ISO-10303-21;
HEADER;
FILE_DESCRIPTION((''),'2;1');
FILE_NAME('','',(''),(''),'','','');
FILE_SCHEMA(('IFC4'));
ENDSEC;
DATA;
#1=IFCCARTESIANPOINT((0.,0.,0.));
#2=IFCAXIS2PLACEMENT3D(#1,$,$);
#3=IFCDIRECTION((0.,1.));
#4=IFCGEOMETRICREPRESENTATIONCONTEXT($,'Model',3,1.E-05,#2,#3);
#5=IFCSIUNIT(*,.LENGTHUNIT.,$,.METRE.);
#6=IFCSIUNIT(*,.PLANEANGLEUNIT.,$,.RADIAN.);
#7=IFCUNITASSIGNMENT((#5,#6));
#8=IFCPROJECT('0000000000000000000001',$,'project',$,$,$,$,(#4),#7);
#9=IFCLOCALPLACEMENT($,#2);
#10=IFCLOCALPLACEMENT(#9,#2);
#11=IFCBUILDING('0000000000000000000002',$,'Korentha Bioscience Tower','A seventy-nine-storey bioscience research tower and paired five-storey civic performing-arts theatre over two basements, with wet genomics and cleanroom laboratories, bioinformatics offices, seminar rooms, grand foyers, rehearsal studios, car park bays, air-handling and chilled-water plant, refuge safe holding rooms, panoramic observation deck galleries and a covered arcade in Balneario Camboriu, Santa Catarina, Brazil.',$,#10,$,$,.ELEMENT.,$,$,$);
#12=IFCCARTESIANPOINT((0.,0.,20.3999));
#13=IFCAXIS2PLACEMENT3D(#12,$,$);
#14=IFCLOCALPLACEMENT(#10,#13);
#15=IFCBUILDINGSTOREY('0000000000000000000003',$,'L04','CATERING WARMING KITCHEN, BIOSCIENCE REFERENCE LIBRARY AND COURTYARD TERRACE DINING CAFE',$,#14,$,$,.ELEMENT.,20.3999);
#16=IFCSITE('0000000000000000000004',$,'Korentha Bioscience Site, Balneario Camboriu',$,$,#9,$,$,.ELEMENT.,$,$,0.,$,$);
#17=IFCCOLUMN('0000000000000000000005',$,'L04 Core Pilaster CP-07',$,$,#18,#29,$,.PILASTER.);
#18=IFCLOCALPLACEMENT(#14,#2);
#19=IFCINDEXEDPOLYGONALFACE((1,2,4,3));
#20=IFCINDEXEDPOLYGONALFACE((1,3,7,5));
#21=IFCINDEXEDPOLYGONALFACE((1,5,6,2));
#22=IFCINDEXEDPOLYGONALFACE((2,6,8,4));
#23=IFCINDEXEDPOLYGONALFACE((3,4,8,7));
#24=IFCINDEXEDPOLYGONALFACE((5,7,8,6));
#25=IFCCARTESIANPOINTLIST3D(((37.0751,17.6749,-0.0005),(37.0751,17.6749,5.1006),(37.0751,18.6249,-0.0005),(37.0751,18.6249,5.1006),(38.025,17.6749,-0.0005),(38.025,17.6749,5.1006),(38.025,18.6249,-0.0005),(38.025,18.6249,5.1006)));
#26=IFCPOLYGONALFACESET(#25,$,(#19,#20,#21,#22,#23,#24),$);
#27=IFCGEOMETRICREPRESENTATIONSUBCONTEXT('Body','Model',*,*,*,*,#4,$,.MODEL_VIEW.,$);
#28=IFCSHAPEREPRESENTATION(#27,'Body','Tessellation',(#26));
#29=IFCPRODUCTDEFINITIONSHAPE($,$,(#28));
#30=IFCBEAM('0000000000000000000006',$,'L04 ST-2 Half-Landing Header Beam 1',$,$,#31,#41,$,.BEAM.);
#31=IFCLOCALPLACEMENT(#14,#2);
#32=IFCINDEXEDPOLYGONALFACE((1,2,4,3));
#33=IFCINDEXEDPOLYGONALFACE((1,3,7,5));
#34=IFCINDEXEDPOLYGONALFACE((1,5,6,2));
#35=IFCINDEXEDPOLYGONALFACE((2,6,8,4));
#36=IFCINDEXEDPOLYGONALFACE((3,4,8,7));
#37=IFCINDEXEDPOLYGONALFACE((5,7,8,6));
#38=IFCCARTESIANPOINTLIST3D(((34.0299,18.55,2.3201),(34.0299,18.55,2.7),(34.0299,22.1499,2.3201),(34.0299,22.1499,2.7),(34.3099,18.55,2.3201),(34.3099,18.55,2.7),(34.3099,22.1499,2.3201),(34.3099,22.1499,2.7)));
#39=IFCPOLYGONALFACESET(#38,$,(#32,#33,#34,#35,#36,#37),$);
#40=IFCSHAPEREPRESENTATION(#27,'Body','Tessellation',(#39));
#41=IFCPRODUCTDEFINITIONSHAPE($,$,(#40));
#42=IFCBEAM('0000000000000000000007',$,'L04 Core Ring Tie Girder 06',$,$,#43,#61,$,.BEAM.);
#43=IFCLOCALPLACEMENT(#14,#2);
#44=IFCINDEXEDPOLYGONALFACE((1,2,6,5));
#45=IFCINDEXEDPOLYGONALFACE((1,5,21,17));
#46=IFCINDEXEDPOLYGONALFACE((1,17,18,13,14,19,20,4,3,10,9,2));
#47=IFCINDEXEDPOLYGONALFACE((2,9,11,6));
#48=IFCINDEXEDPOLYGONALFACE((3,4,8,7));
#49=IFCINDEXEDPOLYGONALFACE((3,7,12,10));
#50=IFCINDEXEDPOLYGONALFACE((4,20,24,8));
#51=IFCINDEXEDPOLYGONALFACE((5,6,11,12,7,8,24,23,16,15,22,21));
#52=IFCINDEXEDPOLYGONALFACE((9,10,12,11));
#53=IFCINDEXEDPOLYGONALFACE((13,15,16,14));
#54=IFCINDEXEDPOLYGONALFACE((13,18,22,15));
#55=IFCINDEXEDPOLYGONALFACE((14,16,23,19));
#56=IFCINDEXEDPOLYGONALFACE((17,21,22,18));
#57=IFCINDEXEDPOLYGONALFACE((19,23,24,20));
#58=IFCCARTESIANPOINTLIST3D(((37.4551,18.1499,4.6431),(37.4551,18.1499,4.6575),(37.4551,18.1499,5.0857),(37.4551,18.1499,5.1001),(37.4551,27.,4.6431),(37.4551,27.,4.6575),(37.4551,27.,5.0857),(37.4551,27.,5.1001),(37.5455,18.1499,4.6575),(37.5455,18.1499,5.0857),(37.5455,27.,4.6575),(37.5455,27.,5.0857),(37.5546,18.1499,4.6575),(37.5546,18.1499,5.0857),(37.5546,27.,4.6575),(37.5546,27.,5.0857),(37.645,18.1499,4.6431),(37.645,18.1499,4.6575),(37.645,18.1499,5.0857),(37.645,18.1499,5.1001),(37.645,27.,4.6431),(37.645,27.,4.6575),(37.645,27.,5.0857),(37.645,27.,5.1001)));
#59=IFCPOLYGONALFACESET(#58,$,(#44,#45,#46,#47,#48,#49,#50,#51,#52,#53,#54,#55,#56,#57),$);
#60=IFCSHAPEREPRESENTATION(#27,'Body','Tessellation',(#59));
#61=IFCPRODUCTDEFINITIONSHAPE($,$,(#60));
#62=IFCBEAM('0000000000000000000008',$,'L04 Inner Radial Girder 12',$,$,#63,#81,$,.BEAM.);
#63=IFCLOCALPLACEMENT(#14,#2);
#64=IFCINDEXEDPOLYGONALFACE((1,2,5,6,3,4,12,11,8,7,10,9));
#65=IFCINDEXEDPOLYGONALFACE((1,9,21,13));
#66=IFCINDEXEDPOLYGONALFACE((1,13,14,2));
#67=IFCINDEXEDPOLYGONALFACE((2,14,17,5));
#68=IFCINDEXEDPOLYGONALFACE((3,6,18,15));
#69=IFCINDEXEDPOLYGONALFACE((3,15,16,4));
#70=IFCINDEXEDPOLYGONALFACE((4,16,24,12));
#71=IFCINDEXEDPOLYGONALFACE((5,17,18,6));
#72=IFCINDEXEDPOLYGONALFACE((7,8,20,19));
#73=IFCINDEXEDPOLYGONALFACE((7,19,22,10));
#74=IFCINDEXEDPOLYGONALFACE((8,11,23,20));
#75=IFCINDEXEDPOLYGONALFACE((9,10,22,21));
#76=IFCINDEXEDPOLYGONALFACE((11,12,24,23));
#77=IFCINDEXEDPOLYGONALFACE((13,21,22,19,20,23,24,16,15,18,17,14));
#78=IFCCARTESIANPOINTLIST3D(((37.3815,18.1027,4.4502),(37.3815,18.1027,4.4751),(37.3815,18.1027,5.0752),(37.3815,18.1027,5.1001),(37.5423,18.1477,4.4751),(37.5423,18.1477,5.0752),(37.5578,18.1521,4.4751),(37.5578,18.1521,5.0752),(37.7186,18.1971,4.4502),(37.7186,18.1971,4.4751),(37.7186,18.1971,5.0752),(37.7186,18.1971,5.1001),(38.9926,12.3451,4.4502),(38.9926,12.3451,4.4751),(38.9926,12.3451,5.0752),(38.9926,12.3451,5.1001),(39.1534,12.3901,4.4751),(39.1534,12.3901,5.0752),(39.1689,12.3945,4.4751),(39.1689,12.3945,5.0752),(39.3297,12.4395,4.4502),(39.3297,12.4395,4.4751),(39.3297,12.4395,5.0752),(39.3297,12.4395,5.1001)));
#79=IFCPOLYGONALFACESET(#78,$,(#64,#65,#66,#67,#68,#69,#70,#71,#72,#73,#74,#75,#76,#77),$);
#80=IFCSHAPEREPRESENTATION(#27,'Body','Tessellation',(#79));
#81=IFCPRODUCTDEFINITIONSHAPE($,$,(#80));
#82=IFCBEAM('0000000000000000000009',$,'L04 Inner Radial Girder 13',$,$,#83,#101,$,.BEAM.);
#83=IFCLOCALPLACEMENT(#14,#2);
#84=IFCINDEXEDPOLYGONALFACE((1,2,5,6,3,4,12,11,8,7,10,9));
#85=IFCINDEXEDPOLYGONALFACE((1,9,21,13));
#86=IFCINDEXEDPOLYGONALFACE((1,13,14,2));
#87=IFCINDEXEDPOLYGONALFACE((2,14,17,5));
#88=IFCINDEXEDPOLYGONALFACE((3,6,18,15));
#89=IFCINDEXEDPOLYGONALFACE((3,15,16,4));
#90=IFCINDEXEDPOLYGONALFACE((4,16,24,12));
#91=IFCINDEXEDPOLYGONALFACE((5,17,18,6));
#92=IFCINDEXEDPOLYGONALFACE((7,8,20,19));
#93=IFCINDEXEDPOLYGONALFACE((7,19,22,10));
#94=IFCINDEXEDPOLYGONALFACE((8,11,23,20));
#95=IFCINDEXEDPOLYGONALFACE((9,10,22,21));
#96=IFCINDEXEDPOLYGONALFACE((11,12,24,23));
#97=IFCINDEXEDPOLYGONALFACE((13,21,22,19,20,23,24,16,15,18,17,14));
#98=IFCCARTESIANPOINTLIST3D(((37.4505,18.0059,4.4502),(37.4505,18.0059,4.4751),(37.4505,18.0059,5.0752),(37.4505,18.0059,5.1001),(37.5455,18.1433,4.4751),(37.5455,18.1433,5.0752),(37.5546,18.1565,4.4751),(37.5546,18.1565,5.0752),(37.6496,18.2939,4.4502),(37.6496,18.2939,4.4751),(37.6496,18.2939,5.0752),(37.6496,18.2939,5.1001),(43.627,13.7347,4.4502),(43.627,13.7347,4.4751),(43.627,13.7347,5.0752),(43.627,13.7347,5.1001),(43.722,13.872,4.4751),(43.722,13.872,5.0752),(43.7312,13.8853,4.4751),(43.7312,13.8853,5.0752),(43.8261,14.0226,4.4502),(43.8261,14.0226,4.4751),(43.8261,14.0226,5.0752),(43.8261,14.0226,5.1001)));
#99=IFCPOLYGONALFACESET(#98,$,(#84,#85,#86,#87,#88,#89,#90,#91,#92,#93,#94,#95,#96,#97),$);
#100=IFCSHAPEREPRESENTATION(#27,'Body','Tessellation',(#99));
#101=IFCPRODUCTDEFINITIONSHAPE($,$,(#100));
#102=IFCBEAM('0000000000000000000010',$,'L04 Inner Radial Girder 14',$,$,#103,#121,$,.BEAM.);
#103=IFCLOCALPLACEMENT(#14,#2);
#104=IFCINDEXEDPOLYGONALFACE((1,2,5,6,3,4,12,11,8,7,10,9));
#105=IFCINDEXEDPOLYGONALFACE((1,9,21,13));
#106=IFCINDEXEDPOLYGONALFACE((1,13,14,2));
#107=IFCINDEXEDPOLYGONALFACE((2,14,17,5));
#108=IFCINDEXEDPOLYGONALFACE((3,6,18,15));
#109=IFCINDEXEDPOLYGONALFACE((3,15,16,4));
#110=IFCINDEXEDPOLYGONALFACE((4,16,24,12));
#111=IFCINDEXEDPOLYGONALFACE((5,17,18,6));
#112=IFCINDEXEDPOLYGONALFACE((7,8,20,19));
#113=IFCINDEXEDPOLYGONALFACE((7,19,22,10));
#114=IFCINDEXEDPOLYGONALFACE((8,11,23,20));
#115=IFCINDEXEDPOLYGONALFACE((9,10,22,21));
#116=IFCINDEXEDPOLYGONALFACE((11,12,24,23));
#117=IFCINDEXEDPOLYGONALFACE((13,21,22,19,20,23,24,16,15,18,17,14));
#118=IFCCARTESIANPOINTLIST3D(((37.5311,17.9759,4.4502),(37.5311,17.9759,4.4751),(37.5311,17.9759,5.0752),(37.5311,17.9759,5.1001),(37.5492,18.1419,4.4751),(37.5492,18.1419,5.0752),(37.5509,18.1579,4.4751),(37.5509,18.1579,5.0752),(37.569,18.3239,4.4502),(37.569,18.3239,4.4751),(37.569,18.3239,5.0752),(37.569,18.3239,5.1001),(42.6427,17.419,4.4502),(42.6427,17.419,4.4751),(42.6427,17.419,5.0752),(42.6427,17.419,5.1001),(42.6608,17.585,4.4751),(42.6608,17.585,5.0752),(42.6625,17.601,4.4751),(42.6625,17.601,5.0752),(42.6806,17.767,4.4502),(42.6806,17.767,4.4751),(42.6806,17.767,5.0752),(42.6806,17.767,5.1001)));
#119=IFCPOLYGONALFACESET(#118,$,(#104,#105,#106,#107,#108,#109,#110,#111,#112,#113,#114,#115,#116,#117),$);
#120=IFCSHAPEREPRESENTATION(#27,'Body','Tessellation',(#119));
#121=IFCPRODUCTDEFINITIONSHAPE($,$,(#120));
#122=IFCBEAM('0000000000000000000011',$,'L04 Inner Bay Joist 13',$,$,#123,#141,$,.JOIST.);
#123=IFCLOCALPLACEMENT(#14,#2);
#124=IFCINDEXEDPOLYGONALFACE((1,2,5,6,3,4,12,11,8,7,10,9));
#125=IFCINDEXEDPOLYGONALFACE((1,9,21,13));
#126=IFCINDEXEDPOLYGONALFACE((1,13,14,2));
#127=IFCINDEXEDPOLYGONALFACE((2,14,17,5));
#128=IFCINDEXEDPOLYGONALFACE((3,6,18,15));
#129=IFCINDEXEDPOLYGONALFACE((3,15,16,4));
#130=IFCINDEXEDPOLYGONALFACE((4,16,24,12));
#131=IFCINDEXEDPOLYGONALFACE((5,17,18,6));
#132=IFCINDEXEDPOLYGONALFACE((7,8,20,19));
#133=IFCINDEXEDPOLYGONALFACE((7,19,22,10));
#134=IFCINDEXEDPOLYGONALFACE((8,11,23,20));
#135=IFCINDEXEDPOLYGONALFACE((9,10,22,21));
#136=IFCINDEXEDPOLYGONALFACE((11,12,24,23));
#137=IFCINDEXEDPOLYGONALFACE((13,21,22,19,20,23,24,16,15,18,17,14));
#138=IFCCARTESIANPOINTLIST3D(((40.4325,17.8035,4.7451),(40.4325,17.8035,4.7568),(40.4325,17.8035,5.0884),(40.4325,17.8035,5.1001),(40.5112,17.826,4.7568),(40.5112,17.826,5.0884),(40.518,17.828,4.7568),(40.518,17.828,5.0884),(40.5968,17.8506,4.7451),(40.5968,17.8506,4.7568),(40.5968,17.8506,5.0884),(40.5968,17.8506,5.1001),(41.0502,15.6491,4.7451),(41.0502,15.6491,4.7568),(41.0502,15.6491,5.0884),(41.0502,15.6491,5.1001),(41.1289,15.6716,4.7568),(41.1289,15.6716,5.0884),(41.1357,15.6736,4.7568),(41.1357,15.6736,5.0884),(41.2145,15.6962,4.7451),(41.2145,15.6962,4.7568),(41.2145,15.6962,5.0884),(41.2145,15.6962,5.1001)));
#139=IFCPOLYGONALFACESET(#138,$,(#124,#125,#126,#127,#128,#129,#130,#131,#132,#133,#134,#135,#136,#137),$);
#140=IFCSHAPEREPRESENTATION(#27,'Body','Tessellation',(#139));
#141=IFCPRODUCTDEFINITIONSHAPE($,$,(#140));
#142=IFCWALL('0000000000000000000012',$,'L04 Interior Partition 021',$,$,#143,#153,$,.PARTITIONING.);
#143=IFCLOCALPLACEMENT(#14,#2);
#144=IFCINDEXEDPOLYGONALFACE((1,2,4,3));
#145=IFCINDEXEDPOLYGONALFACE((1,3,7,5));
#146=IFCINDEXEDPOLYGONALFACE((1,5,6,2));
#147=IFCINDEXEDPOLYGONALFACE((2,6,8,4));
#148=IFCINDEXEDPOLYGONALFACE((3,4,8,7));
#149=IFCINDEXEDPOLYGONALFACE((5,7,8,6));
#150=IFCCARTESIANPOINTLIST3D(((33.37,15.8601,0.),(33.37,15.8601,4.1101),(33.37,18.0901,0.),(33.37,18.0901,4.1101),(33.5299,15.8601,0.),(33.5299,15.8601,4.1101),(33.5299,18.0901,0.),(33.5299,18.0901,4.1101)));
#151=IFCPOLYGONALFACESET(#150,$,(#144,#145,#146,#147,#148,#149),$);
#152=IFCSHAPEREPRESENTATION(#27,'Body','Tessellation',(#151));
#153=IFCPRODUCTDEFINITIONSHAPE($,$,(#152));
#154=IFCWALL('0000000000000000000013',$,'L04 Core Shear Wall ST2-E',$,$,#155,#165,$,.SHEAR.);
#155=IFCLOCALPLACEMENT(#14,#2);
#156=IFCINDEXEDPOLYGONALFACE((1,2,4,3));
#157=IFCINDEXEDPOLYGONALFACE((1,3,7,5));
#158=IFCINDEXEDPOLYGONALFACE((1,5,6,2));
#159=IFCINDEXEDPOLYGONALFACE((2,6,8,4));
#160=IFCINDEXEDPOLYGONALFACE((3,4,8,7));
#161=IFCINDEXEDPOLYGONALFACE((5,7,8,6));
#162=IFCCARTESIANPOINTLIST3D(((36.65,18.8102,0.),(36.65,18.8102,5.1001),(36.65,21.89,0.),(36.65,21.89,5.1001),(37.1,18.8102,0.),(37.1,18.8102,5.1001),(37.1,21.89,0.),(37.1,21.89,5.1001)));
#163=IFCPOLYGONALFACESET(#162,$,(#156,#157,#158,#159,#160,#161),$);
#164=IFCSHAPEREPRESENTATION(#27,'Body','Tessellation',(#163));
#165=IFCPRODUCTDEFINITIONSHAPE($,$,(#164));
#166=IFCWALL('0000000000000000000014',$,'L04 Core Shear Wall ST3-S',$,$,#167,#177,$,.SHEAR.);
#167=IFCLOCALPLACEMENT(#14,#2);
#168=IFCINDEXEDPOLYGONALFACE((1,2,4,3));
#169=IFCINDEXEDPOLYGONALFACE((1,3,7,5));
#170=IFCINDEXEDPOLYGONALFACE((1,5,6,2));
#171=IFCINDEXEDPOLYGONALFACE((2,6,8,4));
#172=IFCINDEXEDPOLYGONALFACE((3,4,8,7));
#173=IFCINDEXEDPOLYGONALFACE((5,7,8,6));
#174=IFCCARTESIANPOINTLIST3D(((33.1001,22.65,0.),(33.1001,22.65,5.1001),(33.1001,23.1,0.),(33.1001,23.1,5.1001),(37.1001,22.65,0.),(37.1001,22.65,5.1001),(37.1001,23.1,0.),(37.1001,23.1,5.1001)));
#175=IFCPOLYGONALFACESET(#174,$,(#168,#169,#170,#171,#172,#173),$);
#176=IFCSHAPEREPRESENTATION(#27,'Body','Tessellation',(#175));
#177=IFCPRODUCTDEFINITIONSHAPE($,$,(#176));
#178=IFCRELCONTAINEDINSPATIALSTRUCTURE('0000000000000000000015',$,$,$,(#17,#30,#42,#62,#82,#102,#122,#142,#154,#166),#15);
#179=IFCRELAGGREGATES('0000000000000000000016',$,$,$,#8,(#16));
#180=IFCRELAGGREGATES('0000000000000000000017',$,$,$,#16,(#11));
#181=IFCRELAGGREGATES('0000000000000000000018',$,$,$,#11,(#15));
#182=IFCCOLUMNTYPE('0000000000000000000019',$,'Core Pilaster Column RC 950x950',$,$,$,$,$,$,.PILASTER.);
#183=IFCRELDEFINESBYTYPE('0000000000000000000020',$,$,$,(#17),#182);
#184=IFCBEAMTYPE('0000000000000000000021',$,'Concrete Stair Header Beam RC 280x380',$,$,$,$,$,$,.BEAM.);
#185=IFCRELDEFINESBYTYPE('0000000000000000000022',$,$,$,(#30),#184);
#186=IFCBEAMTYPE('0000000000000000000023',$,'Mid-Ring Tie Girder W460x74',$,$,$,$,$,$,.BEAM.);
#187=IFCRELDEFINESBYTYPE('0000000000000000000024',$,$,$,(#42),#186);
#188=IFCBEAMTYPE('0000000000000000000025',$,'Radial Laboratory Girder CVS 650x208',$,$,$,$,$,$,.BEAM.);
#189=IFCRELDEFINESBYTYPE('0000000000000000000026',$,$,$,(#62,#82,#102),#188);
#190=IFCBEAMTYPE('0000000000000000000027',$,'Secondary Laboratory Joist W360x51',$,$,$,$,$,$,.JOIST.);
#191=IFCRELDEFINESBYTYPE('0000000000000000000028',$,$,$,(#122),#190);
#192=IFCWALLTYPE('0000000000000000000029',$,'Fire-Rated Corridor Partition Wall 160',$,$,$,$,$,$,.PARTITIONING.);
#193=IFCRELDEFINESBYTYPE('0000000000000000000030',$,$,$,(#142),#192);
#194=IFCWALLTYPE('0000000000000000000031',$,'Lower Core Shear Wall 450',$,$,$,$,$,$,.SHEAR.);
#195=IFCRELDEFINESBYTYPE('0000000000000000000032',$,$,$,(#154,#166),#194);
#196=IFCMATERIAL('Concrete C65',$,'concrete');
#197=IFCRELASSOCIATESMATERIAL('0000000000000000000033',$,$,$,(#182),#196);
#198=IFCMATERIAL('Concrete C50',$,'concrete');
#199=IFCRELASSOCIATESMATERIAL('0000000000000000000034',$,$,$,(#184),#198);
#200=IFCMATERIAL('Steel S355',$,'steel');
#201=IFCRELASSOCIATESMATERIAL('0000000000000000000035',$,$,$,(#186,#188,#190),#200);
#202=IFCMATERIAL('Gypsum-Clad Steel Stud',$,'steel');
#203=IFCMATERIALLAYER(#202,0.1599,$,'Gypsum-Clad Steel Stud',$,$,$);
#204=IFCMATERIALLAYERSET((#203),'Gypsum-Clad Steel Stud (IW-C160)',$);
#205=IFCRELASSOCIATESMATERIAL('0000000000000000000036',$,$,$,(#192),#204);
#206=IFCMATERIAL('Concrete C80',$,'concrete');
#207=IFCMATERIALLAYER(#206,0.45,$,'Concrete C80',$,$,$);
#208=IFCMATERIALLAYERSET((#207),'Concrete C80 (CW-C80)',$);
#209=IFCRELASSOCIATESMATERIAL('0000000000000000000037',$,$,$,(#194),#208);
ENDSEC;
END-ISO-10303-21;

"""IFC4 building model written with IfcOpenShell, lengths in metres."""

from ifc_helpers import new_model, si_unit, direction, frame, frame_2d, origin, origin_2d, place, context, subcontext, project, spatial, rectangle, i_section, extrude, material, layer, layer_set, material_profile, profile_set, type_object, element, save


model = new_model("IFC4")

# Units and contexts
model_context = context("Model", 3, precision=1e-05, world=origin(), true_north=direction((0.0, 1.0)))
body_context = subcontext(model_context, "Body", "Model", "MODEL_VIEW")
ifc_project = project(units=[si_unit("LENGTHUNIT", "METRE"), si_unit("PLANEANGLEUNIT", "RADIAN")], contexts=[model_context])

# Site, building, storey
site_placement = place(None, origin())
site = spatial("IfcSite", under=ifc_project, at=site_placement, Name="Korentha Bioscience Site, Balneario Camboriu", CompositionType="ELEMENT", RefElevation=0.0)
building_placement = place(site_placement, origin())
building = spatial("IfcBuilding", under=site, at=building_placement, Name="Korentha Bioscience Tower", Description="A seventy-nine-storey bioscience research tower and paired five-storey civic performing-arts theatre over two basements, with wet genomics and cleanroom laboratories, bioinformatics offices, seminar rooms, grand foyers, rehearsal studios, car park bays, air-handling and chilled-water plant, refuge safe holding rooms, panoramic observation deck galleries and a covered arcade in Balneario Camboriu, Santa Catarina, Brazil.", CompositionType="ELEMENT")
storey_placement = place(building_placement, frame((0.0, 0.0, 20.3999)))
storey = spatial("IfcBuildingStorey", under=building, at=storey_placement, Name="L04", Description="CATERING WARMING KITCHEN, BIOSCIENCE REFERENCE LIBRARY AND COURTYARD TERRACE DINING CAFE", CompositionType="ELEMENT", Elevation=20.3999)

# Column
ifc_material_1 = material(Name="Concrete C65", Category="concrete")
ifc_material_profile_1 = material_profile(ifc_material_1, rectangle(XDim=0.95, YDim=0.95, at=origin_2d()), Name="Concrete C65")
ifc_profile_set_1 = profile_set([ifc_material_profile_1], Name="Concrete C65 (COL-CP09)")
column_type = type_object("IfcColumnType", Name="Core Pilaster Column RC 950x950", PredefinedType="PILASTER", material=ifc_profile_set_1)
column_placement = place(storey_placement, frame((37.55, 18.1499, -0.0005), z_axis=(0.0, 0.0, 1.0), x_axis=(1.0, 0.0, 0.0)))
element("IfcColumn", 1, at=column_placement, inside=storey, type_object=column_type, Name="L04 Core Pilaster CP-07", PredefinedType="PILASTER", context=body_context, shape_type="SweptSolid", body=[
    extrude(rectangle(XDim=0.95, YDim=0.95, at=origin_2d()), origin(), (0.0, 0.0, 1.0), 5.1011),
])

# Beams
ifc_material_2 = material(Name="Concrete C50", Category="concrete")
ifc_material_profile_2 = material_profile(ifc_material_2, rectangle(XDim=0.28, YDim=0.3799, at=origin_2d()), Name="Concrete C50")
ifc_profile_set_2 = profile_set([ifc_material_profile_2], Name="Concrete C50 (ST-HB380)")
beam_type_1 = type_object("IfcBeamType", Name="Concrete Stair Header Beam RC 280x380", PredefinedType="BEAM", material=ifc_profile_set_2)
beam_1_placement = place(storey_placement, frame((34.1699, 18.55, 2.51), z_axis=(0.0, 1.0, 0.0), x_axis=(-1.0, 0.0, 0.0)))
element("IfcBeam", 2, at=beam_1_placement, inside=storey, type_object=beam_type_1, Name="L04 ST-2 Half-Landing Header Beam 1", PredefinedType="BEAM", context=body_context, shape_type="SweptSolid", body=[
    extrude(rectangle(XDim=0.28, YDim=0.3799, at=origin_2d()), origin(), (0.0, 0.0, 1.0), 3.5999),
])
ifc_material_3 = material(Name="Steel S355", Category="steel")
ifc_material_profile_3 = material_profile(ifc_material_3, i_section(OverallWidth=0.1899, OverallDepth=0.457, WebThickness=0.009, FlangeThickness=0.0144, at=origin_2d()), Name="Steel S355")
ifc_profile_set_3 = profile_set([ifc_material_profile_3], Name="Steel S355 (MB-460)")
beam_type_2 = type_object("IfcBeamType", Name="Mid-Ring Tie Girder W460x74", PredefinedType="BEAM", material=ifc_profile_set_3)
beam_2_placement = place(storey_placement, frame((37.55, 18.1499, 4.8716), z_axis=(0.0, 1.0, 0.0), x_axis=(-1.0, 0.0, 0.0)))
element("IfcBeam", 3, at=beam_2_placement, inside=storey, type_object=beam_type_2, Name="L04 Core Ring Tie Girder 06", PredefinedType="BEAM", context=body_context, shape_type="SweptSolid", body=[
    extrude(i_section(OverallWidth=0.1899, OverallDepth=0.457, WebThickness=0.009, FlangeThickness=0.0144, at=origin_2d()), origin(), (0.0, 0.0, 1.0), 8.8501),
])
ifc_material_profile_4 = material_profile(ifc_material_3, i_section(OverallWidth=0.3501, OverallDepth=0.6499, WebThickness=0.0161, FlangeThickness=0.0249, at=origin_2d()), Name="Steel S355")
ifc_profile_set_4 = profile_set([ifc_material_profile_4], Name="Steel S355 (RB-650)")
beam_type_3 = type_object("IfcBeamType", Name="Radial Laboratory Girder CVS 650x208", PredefinedType="BEAM", material=ifc_profile_set_4)
beam_3_placement = place(storey_placement, frame((37.55, 18.1499, 4.7751), z_axis=(0.269469, -0.963009, 0.0), x_axis=(0.963009, 0.269469, 0.0)))
element("IfcBeam", 4, at=beam_3_placement, inside=storey, type_object=beam_type_3, Name="L04 Inner Radial Girder 12", PredefinedType="BEAM", context=body_context, shape_type="SweptSolid", body=[
    extrude(i_section(OverallWidth=0.3501, OverallDepth=0.6499, WebThickness=0.0161, FlangeThickness=0.0249, at=origin_2d()), origin(), (0.0, 0.0, 1.0), 5.9788),
])
beam_4_placement = place(storey_placement, frame((37.55, 18.1499, 4.7751), z_axis=(0.822492, -0.568777, 0.0), x_axis=(0.568777, 0.822492, 0.0)))
element("IfcBeam", 5, at=beam_4_placement, inside=storey, type_object=beam_type_3, Name="L04 Inner Radial Girder 13", PredefinedType="BEAM", context=body_context, shape_type="SweptSolid", body=[
    extrude(i_section(OverallWidth=0.3501, OverallDepth=0.6499, WebThickness=0.0161, FlangeThickness=0.0249, at=origin_2d()), origin(), (0.0, 0.0, 1.0), 7.5095),
])
beam_5_placement = place(storey_placement, frame((37.55, 18.1499, 4.7751), z_axis=(0.994118, -0.108305, 0.0), x_axis=(0.108305, 0.994118, 0.0)))
element("IfcBeam", 6, at=beam_5_placement, inside=storey, type_object=beam_type_3, Name="L04 Inner Radial Girder 14", PredefinedType="BEAM", context=body_context, shape_type="SweptSolid", body=[
    extrude(i_section(OverallWidth=0.3501, OverallDepth=0.6499, WebThickness=0.0161, FlangeThickness=0.0249, at=origin_2d()), origin(), (0.0, 0.0, 1.0), 5.1418),
])
ifc_material_profile_5 = material_profile(ifc_material_3, i_section(OverallWidth=0.1709, OverallDepth=0.355, WebThickness=0.0071, FlangeThickness=0.0117, at=origin_2d()), Name="Steel S355")
ifc_profile_set_5 = profile_set([ifc_material_profile_5], Name="Steel S355 (JB-360)")
beam_type_4 = type_object("IfcBeamType", Name="Secondary Laboratory Joist W360x51", PredefinedType="JOIST", material=ifc_profile_set_5)
beam_6_placement = place(storey_placement, frame((41.1323, 15.6726, 4.9226), z_axis=(-0.275613, 0.961269, 0.0), x_axis=(-0.961269, -0.275613, 0.0)))
element("IfcBeam", 7, at=beam_6_placement, inside=storey, type_object=beam_type_4, Name="L04 Inner Bay Joist 13", PredefinedType="JOIST", context=body_context, shape_type="SweptSolid", body=[
    extrude(i_section(OverallWidth=0.1709, OverallDepth=0.355, WebThickness=0.0071, FlangeThickness=0.0117, at=origin_2d()), origin(), (0.0, 0.0, 1.0), 2.2412),
])

# Shared definitions
ifc_material_4 = material(Name="Gypsum-Clad Steel Stud", Category="steel")
ifc_layer_1 = layer(ifc_material_4, 0.1599, Name="Gypsum-Clad Steel Stud")
ifc_layer_set_1 = layer_set([ifc_layer_1], Name="Gypsum-Clad Steel Stud (IW-C160)")
wall_type_1 = type_object("IfcWallType", Name="Fire-Rated Corridor Partition Wall 160", PredefinedType="PARTITIONING", material=ifc_layer_set_1)

# Walls
wall_1_placement = place(storey_placement, frame((33.45, 18.0901, 0.0), z_axis=(0.0, 0.0, 1.0), x_axis=(0.0, -1.0, 0.0)))
element("IfcWall", 8, at=wall_1_placement, inside=storey, type_object=wall_type_1, Name="L04 Interior Partition 021", PredefinedType="PARTITIONING", context=body_context, shape_type="SweptSolid", body=[
    extrude(rectangle(XDim=2.23, YDim=0.1599, at=frame_2d((1.115, 0.0))), origin(), (0.0, 0.0, 1.0), 4.1101),
])
ifc_material_5 = material(Name="Concrete C80", Category="concrete")
ifc_layer_2 = layer(ifc_material_5, 0.45, Name="Concrete C80")
ifc_layer_set_2 = layer_set([ifc_layer_2], Name="Concrete C80 (CW-C80)")
wall_type_2 = type_object("IfcWallType", Name="Lower Core Shear Wall 450", PredefinedType="SHEAR", material=ifc_layer_set_2)
wall_2_placement = place(storey_placement, frame((36.875, 18.8101, 0.0), z_axis=(0.0, 0.0, 1.0), x_axis=(0.0, 1.0, 0.0)))
element("IfcWall", 9, at=wall_2_placement, inside=storey, type_object=wall_type_2, Name="L04 Core Shear Wall ST2-E", PredefinedType="SHEAR", context=body_context, shape_type="SweptSolid", body=[
    extrude(rectangle(XDim=3.0798, YDim=0.45, at=frame_2d((1.54, 0.0))), origin(), (0.0, 0.0, 1.0), 5.1001),
])
wall_3_placement = place(storey_placement, frame((33.1001, 22.875, 0.0), z_axis=(0.0, 0.0, 1.0), x_axis=(1.0, 0.0, 0.0)))
element("IfcWall", 10, at=wall_3_placement, inside=storey, type_object=wall_type_2, Name="L04 Core Shear Wall ST3-S", PredefinedType="SHEAR", context=body_context, shape_type="SweptSolid", body=[
    extrude(rectangle(XDim=4.0, YDim=0.45, at=frame_2d((2.0, 0.0))), origin(), (0.0, 0.0, 1.0), 5.1001),
])

save(model, "model.ifc")
